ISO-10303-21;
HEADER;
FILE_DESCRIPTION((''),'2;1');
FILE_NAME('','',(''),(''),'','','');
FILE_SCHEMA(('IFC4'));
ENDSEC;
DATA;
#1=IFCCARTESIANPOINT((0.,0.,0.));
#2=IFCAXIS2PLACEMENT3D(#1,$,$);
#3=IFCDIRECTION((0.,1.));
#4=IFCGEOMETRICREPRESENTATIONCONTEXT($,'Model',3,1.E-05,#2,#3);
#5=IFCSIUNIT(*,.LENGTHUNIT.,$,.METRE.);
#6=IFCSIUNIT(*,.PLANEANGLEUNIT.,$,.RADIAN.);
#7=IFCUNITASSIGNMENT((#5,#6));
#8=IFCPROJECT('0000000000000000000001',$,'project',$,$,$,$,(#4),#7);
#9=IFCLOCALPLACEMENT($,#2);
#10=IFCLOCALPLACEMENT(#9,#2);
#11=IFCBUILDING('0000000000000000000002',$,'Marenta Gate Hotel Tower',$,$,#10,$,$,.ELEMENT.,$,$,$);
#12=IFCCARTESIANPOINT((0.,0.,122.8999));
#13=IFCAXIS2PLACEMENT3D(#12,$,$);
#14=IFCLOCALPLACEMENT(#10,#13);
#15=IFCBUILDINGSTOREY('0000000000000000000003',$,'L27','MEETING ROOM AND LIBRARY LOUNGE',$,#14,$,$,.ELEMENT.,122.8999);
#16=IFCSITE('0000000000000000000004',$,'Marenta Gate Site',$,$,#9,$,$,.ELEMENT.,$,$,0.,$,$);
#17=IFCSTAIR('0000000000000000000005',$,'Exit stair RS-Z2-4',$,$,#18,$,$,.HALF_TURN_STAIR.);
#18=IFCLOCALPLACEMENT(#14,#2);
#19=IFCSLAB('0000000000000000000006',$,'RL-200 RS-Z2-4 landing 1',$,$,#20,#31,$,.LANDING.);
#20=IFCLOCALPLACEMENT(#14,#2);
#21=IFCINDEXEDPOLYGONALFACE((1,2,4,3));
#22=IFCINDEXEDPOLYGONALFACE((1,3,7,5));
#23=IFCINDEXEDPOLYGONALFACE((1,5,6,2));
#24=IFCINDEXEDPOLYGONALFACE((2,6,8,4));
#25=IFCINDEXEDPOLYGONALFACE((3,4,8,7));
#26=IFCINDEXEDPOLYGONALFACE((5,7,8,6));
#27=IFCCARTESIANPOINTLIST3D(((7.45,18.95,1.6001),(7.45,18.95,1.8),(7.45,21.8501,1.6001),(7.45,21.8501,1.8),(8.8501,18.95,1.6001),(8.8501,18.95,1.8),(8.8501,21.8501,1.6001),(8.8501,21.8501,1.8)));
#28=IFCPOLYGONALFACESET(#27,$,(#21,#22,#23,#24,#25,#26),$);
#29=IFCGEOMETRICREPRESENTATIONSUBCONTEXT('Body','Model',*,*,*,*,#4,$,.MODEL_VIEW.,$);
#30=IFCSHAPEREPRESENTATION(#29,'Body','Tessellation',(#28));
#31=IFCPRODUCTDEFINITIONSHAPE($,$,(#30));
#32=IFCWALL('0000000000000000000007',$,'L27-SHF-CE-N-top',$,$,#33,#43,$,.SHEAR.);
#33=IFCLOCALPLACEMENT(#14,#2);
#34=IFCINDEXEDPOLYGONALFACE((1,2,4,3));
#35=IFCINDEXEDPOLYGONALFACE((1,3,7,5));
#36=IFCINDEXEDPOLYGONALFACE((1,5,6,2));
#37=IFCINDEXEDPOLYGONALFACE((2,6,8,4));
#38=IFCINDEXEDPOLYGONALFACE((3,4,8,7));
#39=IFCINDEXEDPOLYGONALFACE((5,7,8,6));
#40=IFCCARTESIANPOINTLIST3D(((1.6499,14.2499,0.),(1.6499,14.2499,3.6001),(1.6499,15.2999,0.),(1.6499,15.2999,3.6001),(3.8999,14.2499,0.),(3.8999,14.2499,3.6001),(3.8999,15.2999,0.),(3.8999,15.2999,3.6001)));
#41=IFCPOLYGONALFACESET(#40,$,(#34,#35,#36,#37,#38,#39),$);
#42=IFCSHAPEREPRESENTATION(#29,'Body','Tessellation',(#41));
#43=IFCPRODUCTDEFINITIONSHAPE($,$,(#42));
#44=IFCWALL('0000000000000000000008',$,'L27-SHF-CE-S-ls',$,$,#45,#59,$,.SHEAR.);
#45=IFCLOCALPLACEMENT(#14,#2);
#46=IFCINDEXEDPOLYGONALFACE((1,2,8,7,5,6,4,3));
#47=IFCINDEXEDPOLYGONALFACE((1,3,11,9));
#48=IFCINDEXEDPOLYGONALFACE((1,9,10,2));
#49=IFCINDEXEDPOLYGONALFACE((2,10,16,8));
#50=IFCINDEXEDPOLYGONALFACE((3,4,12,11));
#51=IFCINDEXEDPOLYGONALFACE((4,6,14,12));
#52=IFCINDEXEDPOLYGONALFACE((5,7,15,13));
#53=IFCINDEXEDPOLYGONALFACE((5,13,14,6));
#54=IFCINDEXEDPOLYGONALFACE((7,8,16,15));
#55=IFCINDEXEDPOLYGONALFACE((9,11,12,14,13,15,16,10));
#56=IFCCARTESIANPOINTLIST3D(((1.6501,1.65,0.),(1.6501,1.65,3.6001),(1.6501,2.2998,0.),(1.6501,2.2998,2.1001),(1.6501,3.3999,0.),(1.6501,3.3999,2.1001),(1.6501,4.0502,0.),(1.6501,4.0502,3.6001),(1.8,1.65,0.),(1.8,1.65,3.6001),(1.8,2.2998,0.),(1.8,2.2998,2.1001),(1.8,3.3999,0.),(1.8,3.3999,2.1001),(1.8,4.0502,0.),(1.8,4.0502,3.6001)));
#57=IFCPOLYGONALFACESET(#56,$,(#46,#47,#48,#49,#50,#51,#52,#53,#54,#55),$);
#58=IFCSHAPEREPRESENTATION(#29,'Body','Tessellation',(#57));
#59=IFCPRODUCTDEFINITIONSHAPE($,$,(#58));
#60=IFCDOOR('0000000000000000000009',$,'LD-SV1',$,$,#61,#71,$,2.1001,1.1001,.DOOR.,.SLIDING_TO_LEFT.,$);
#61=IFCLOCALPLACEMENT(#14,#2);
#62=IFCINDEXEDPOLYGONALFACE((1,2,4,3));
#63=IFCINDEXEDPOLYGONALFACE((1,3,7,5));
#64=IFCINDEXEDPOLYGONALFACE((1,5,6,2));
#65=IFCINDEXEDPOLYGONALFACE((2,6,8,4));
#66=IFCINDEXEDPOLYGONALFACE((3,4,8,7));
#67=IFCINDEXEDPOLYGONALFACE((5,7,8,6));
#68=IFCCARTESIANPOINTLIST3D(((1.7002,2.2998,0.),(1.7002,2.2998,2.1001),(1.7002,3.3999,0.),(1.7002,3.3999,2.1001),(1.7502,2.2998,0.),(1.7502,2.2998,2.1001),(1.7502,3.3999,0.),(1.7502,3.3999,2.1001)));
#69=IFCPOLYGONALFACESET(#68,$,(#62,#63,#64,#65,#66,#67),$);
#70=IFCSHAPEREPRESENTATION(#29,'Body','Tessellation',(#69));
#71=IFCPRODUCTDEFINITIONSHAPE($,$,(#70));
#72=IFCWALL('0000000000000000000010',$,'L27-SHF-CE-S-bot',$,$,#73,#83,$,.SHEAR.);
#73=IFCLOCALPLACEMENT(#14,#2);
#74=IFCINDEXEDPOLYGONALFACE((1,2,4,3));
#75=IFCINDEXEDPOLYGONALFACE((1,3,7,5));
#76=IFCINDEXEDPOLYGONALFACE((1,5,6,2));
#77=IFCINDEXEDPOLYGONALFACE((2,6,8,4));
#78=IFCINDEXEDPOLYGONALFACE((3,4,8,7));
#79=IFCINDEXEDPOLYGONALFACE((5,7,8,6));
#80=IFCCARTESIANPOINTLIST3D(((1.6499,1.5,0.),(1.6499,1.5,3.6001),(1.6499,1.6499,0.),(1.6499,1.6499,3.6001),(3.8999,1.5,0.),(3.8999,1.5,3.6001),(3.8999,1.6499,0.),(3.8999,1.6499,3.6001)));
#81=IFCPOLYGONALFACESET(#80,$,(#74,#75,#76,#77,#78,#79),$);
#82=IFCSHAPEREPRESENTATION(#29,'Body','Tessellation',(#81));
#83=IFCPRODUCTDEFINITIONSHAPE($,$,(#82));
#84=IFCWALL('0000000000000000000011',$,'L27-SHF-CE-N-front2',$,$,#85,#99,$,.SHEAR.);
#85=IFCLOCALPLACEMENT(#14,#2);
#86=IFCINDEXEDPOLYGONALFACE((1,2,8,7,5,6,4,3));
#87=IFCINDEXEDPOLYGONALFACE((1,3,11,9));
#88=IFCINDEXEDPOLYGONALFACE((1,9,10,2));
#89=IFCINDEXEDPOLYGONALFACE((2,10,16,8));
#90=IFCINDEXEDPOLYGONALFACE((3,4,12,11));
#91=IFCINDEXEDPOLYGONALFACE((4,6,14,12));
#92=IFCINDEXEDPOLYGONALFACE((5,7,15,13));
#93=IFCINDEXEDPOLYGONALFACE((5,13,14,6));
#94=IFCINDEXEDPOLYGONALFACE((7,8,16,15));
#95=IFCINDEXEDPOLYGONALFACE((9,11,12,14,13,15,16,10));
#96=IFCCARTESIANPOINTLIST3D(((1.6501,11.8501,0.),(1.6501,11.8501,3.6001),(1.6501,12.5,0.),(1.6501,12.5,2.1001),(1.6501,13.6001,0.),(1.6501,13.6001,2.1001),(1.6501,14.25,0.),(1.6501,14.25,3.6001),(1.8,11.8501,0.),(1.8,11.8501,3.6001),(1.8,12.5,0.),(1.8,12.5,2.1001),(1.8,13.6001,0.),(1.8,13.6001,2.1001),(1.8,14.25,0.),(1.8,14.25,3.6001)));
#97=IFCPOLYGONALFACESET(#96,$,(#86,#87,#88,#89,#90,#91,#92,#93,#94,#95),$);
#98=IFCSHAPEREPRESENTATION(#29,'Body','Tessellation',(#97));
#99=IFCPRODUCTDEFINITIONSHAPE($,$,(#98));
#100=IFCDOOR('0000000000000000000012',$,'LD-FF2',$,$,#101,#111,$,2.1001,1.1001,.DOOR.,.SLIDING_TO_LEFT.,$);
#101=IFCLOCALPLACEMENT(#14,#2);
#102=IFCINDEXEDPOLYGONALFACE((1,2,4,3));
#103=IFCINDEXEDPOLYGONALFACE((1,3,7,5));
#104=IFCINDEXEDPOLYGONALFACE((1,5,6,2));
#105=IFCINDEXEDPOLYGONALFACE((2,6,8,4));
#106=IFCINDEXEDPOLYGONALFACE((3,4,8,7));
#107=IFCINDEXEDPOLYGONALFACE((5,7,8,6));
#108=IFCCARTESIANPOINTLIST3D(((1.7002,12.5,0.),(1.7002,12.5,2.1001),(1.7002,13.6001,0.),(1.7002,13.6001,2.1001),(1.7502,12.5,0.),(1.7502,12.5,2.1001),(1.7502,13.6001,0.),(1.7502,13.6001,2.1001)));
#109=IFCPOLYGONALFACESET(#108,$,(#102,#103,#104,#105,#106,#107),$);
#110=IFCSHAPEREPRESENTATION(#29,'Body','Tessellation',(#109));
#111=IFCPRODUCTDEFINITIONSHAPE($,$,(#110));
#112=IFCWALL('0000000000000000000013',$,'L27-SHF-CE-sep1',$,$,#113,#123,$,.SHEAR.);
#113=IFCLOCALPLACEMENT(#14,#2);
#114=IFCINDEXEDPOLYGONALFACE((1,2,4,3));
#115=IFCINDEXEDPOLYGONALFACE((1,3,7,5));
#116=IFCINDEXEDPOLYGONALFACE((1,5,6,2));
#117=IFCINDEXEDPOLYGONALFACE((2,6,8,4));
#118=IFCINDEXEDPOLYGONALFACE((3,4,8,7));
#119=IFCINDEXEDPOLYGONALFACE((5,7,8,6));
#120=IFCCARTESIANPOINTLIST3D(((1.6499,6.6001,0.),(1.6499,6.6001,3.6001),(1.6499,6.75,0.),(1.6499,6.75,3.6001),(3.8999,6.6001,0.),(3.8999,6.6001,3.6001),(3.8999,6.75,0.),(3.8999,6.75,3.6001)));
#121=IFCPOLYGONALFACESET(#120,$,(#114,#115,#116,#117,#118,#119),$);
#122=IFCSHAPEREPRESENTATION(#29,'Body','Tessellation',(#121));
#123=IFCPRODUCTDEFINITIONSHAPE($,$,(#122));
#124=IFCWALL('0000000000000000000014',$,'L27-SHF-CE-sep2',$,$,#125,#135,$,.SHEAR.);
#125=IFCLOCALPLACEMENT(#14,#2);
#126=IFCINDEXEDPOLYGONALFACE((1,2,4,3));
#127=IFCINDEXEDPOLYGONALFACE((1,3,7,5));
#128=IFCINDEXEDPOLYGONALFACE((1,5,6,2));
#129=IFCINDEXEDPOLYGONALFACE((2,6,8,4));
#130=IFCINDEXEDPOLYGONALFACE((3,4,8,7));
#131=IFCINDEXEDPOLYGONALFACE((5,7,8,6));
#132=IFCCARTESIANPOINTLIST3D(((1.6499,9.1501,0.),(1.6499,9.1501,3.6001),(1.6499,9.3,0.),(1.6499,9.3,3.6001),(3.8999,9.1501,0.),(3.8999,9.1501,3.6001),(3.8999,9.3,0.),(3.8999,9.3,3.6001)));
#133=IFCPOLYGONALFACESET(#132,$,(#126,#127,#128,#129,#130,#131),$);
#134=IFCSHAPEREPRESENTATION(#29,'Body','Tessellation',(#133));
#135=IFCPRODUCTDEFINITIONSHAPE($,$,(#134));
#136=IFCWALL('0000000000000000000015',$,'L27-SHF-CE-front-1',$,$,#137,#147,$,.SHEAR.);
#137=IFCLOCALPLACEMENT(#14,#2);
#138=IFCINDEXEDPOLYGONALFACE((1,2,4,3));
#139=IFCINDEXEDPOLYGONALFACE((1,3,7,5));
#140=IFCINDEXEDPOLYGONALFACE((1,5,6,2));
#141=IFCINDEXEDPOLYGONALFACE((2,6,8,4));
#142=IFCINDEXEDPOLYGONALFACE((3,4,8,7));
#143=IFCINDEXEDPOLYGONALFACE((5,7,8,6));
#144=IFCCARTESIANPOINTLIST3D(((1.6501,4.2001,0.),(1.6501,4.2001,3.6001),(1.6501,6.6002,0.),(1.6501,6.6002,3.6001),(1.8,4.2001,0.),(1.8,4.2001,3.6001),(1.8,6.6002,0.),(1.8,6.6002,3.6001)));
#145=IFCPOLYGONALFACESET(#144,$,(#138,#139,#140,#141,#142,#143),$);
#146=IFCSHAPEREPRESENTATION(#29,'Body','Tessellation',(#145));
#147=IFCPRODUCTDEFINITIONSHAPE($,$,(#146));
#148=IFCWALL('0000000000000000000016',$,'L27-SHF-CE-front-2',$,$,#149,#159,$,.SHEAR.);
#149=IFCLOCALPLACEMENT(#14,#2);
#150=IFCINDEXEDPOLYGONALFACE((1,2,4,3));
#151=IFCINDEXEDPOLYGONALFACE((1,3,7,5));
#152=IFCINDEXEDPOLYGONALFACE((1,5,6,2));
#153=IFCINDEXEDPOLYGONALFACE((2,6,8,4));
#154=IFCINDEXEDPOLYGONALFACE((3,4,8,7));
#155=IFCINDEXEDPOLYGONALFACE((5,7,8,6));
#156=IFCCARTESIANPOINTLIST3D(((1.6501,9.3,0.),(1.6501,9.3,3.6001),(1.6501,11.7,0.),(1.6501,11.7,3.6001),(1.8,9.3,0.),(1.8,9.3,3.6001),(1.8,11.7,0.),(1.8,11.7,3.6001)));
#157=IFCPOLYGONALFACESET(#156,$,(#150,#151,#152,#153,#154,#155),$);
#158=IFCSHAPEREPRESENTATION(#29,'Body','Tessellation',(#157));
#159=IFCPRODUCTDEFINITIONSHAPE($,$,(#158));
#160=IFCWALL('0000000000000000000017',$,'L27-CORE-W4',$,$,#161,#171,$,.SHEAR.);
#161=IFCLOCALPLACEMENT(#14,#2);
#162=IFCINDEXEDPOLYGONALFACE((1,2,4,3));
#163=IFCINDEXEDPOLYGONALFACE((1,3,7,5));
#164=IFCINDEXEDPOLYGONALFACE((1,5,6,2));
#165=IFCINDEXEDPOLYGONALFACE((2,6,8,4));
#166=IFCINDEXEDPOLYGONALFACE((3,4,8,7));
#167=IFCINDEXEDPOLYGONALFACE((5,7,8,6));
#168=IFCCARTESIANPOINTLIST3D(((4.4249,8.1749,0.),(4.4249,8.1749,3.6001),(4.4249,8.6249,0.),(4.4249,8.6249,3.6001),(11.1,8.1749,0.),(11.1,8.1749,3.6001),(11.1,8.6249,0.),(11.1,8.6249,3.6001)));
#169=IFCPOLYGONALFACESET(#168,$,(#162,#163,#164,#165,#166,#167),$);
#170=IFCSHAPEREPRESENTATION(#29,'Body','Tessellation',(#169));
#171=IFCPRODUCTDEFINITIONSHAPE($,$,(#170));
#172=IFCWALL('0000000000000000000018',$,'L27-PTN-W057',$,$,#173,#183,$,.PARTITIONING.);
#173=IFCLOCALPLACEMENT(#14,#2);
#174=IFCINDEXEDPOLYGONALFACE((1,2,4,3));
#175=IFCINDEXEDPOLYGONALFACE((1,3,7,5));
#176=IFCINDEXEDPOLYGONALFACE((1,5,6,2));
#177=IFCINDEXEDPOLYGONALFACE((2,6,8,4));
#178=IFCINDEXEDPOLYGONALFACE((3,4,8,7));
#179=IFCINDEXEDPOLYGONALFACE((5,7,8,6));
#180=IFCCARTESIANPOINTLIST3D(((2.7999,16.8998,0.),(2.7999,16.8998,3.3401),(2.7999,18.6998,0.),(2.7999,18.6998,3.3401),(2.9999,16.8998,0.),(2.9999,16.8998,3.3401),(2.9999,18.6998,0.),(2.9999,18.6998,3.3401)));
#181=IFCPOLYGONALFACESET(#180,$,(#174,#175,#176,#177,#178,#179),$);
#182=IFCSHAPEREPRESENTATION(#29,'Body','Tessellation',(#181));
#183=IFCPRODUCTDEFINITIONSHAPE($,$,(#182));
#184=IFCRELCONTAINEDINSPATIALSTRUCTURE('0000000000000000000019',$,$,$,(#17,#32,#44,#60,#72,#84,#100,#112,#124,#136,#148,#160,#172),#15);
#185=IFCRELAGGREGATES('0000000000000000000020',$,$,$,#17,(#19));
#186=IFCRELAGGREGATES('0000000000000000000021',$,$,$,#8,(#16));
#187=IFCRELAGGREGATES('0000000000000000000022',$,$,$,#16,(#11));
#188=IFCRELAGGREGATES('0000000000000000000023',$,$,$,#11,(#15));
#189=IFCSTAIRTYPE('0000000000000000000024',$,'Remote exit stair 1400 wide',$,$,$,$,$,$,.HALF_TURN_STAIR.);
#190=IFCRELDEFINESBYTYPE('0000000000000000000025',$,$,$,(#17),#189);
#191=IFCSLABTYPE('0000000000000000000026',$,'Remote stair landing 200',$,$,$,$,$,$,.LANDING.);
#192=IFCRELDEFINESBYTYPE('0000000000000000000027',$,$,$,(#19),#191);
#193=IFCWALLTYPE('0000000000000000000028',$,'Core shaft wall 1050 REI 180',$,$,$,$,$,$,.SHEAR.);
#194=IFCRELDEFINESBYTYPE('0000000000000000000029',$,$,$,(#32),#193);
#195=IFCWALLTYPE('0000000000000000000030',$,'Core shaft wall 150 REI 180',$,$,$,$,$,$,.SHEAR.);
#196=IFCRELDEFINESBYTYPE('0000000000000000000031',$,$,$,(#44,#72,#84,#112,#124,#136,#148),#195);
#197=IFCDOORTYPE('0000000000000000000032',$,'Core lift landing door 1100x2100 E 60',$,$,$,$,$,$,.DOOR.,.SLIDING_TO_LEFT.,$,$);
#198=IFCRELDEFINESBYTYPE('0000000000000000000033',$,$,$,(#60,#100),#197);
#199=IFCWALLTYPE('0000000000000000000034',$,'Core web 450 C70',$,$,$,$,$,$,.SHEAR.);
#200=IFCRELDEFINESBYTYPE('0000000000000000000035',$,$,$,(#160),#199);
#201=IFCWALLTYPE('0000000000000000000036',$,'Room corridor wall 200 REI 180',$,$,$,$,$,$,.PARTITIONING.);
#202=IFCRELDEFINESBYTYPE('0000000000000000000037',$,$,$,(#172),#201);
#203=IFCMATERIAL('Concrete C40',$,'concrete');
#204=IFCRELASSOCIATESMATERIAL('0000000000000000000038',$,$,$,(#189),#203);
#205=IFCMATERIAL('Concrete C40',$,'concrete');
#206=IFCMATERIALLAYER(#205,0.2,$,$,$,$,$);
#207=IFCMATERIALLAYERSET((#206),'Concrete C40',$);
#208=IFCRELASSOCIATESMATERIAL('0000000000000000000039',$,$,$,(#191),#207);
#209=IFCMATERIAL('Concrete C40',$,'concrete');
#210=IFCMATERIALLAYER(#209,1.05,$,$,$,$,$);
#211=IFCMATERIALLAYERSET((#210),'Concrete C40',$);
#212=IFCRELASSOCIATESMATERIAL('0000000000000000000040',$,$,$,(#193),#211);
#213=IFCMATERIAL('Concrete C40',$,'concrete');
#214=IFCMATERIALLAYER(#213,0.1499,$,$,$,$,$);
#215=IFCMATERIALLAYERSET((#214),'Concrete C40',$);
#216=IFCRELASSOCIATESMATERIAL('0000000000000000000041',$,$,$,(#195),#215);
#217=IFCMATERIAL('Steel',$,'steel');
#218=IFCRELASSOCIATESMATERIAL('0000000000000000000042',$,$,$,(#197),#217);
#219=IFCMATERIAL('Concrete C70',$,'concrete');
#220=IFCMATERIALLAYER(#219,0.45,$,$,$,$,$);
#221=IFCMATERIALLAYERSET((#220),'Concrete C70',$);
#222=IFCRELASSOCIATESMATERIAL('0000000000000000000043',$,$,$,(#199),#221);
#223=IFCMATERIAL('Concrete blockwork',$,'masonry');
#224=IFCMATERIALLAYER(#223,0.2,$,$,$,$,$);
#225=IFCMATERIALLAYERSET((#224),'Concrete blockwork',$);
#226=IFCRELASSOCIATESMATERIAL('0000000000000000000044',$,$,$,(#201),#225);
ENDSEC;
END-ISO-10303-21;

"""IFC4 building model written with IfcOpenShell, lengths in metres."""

from ifc_helpers import new_model, si_unit, direction, frame, frame_2d, origin, place, context, subcontext, project, spatial, polyline, rectangle, outline, extrude, material, layer, layer_set, type_object, element, fill, aggregate, save


model = new_model("IFC4")

# Units and contexts
model_context = context("Model", 3, precision=1e-05, world=origin(), true_north=direction((0.0, 1.0)))
body_context = subcontext(model_context, "Body", "Model", "MODEL_VIEW")
ifc_project = project(units=[si_unit("LENGTHUNIT", "METRE"), si_unit("PLANEANGLEUNIT", "RADIAN")], contexts=[model_context])

# Site, building, storey
site_placement = place(None, origin())
site = spatial("IfcSite", under=ifc_project, at=site_placement, Name="Marenta Gate Site", CompositionType="ELEMENT", RefElevation=0.0)
building_placement = place(site_placement, origin())
building = spatial("IfcBuilding", under=site, at=building_placement, Name="Marenta Gate Hotel Tower", CompositionType="ELEMENT")
storey_placement = place(building_placement, frame((0.0, 0.0, 122.8999)))
storey = spatial("IfcBuildingStorey", under=building, at=storey_placement, Name="L27", Description="MEETING ROOM AND LIBRARY LOUNGE", CompositionType="ELEMENT", Elevation=122.8999)

# Stair, slab
ifc_material_1 = material(Name="Concrete C40", Category="concrete")
stair_type_1 = type_object("IfcStairType", Name="Remote exit stair 1400 wide", PredefinedType="HALF_TURN_STAIR", material=ifc_material_1)
stair_1_placement = place(storey_placement, origin())
stair_1 = element("IfcStair", 1, at=stair_1_placement, inside=storey, type_object=stair_type_1, Name="Exit stair RS-Z2-4", PredefinedType="HALF_TURN_STAIR")
ifc_material_2 = material(Name="Concrete C40", Category="concrete")
ifc_layer_1 = layer(ifc_material_2, 0.2)
ifc_layer_set_1 = layer_set([ifc_layer_1], Name="Concrete C40")
slab_type = type_object("IfcSlabType", Name="Remote stair landing 200", PredefinedType="LANDING", material=ifc_layer_set_1)
slab_placement = place(storey_placement, frame((0.0, 0.0, 1.6001)))
slab = element("IfcSlab", 2, at=slab_placement, type_object=slab_type, Name="RL-200 RS-Z2-4 landing 1", PredefinedType="LANDING", context=body_context, shape_type="SweptSolid", body=[
    extrude(outline(polyline([(7.45, 18.95), (8.8501, 18.95), (8.8501, 21.8501), (7.45, 21.8501), (7.45, 18.95)])), origin(), (0.0, 0.0, 1.0), 0.2),
])
aggregate(stair_1, [slab])

# Wall
ifc_material_3 = material(Name="Concrete C40", Category="concrete")
ifc_layer_2 = layer(ifc_material_3, 1.05)
ifc_layer_set_2 = layer_set([ifc_layer_2], Name="Concrete C40")
wall_type_1 = type_object("IfcWallType", Name="Core shaft wall 1050 REI 180", PredefinedType="SHEAR", material=ifc_layer_set_2)
wall_1_placement = place(storey_placement, frame((1.6499, 14.7749, 0.0), z_axis=(0.0, 0.0, 1.0), x_axis=(1.0, 0.0, 0.0)))
element("IfcWall", 3, at=wall_1_placement, inside=storey, type_object=wall_type_1, Name="L27-SHF-CE-N-top", PredefinedType="SHEAR", context=body_context, shape_type="SweptSolid", body=[
    extrude(rectangle(XDim=2.25, YDim=1.05, at=frame_2d((1.125, 0.0))), origin(), (0.0, 0.0, 1.0), 3.6001),
])

# Wall, opening, door
ifc_material_4 = material(Name="Concrete C40", Category="concrete")
ifc_layer_3 = layer(ifc_material_4, 0.1499)
ifc_layer_set_3 = layer_set([ifc_layer_3], Name="Concrete C40")
wall_type_2 = type_object("IfcWallType", Name="Core shaft wall 150 REI 180", PredefinedType="SHEAR", material=ifc_layer_set_3)
wall_2_placement = place(storey_placement, frame((1.7251, 1.6499, 0.0), z_axis=(0.0, 0.0, 1.0), x_axis=(0.0, 1.0, 0.0)))
wall_2 = element("IfcWall", 4, at=wall_2_placement, inside=storey, type_object=wall_type_2, Name="L27-SHF-CE-S-ls", PredefinedType="SHEAR", context=body_context, shape_type="SweptSolid", body=[
    extrude(rectangle(XDim=2.4001, YDim=0.1499, at=frame_2d((1.2002, 0.0))), origin(), (0.0, 0.0, 1.0), 3.6001),
])
opening_1_placement = place(wall_2_placement, frame((0.6499, 0.0, 0.0)))
opening_1 = element("IfcOpeningElement", 5, at=opening_1_placement, cuts=wall_2, PredefinedType="OPENING", context=body_context, shape_type="SweptSolid", body=[
    extrude(rectangle(XDim=1.1001, YDim=2.1001, at=frame_2d((0.55, 1.05))), frame((0.0, 0.075, 0.0), z_axis=(0.0, -1.0, 0.0), x_axis=(1.0, 0.0, 0.0)), (0.0, 0.0, 1.0), 0.1499),
])
ifc_material_5 = material(Name="Steel", Category="steel")
door_type_1 = type_object("IfcDoorType", Name="Core lift landing door 1100x2100 E 60", OperationType="SLIDING_TO_LEFT", PredefinedType="DOOR", material=ifc_material_5)
door_1_placement = place(opening_1_placement, origin())
door_1 = element("IfcDoor", 6, at=door_1_placement, inside=storey, type_object=door_type_1, Name="LD-SV1", OperationType="SLIDING_TO_LEFT", OverallHeight=2.1001, OverallWidth=1.1001, PredefinedType="DOOR", context=body_context, shape_type="SweptSolid", body=[
    extrude(rectangle(XDim=1.1001, YDim=2.1001, at=frame_2d((0.55, 1.05))), frame((0.0, 0.0249, 0.0), z_axis=(0.0, -1.0, 0.0), x_axis=(1.0, 0.0, 0.0)), (0.0, 0.0, 1.0), 0.05),
])
fill(opening_1, door_1)

# Wall
wall_3_placement = place(storey_placement, frame((1.6499, 1.575, 0.0), z_axis=(0.0, 0.0, 1.0), x_axis=(1.0, 0.0, 0.0)))
element("IfcWall", 7, at=wall_3_placement, inside=storey, type_object=wall_type_2, Name="L27-SHF-CE-S-bot", PredefinedType="SHEAR", context=body_context, shape_type="SweptSolid", body=[
    extrude(rectangle(XDim=2.25, YDim=0.1499, at=frame_2d((1.125, 0.0))), origin(), (0.0, 0.0, 1.0), 3.6001),
])

# Wall, opening, door
wall_4_placement = place(storey_placement, frame((1.7251, 11.8501, 0.0), z_axis=(0.0, 0.0, 1.0), x_axis=(0.0, 1.0, 0.0)))
wall_4 = element("IfcWall", 8, at=wall_4_placement, inside=storey, type_object=wall_type_2, Name="L27-SHF-CE-N-front2", PredefinedType="SHEAR", context=body_context, shape_type="SweptSolid", body=[
    extrude(rectangle(XDim=2.3999, YDim=0.1499, at=frame_2d((1.2, 0.0))), origin(), (0.0, 0.0, 1.0), 3.6001),
])
opening_2_placement = place(wall_4_placement, frame((0.6499, 0.0, 0.0)))
opening_2 = element("IfcOpeningElement", 9, at=opening_2_placement, cuts=wall_4, PredefinedType="OPENING", context=body_context, shape_type="SweptSolid", body=[
    extrude(rectangle(XDim=1.1001, YDim=2.1001, at=frame_2d((0.55, 1.05))), frame((0.0, 0.075, 0.0), z_axis=(0.0, -1.0, 0.0), x_axis=(1.0, 0.0, 0.0)), (0.0, 0.0, 1.0), 0.1499),
])
door_2_placement = place(opening_2_placement, origin())
door_2 = element("IfcDoor", 10, at=door_2_placement, inside=storey, type_object=door_type_1, Name="LD-FF2", OperationType="SLIDING_TO_LEFT", OverallHeight=2.1001, OverallWidth=1.1001, PredefinedType="DOOR", context=body_context, shape_type="SweptSolid", body=[
    extrude(rectangle(XDim=1.1001, YDim=2.1001, at=frame_2d((0.55, 1.05))), frame((0.0, 0.0249, 0.0), z_axis=(0.0, -1.0, 0.0), x_axis=(1.0, 0.0, 0.0)), (0.0, 0.0, 1.0), 0.05),
])
fill(opening_2, door_2)

# Walls
for number, where, z_axis, x_axis, name in (
    (11, (1.6499, 6.675, 0.0), (0.0, 0.0, 1.0), (1.0, 0.0, 0.0), "L27-SHF-CE-sep1"),
    (12, (1.6499, 9.2251, 0.0), (0.0, 0.0, 1.0), (1.0, 0.0, 0.0), "L27-SHF-CE-sep2"),
):
    element("IfcWall", number, at=place(storey_placement, frame(where, z_axis=z_axis, x_axis=x_axis)), inside=storey, type_object=wall_type_2, Name=name, PredefinedType="SHEAR", context=body_context, shape_type="SweptSolid", body=[
        extrude(rectangle(XDim=2.25, YDim=0.1499, at=frame_2d((1.125, 0.0))), origin(), (0.0, 0.0, 1.0), 3.6001),
    ])
wall_5_placement = place(storey_placement, frame((1.7251, 4.2, 0.0), z_axis=(0.0, 0.0, 1.0), x_axis=(0.0, 1.0, 0.0)))
element("IfcWall", 13, at=wall_5_placement, inside=storey, type_object=wall_type_2, Name="L27-SHF-CE-front-1", PredefinedType="SHEAR", context=body_context, shape_type="SweptSolid", body=[
    extrude(rectangle(XDim=2.4001, YDim=0.1499, at=frame_2d((1.2002, 0.0))), origin(), (0.0, 0.0, 1.0), 3.6001),
])
wall_6_placement = place(storey_placement, frame((1.7251, 9.3, 0.0), z_axis=(0.0, 0.0, 1.0), x_axis=(0.0, 1.0, 0.0)))
element("IfcWall", 14, at=wall_6_placement, inside=storey, type_object=wall_type_2, Name="L27-SHF-CE-front-2", PredefinedType="SHEAR", context=body_context, shape_type="SweptSolid", body=[
    extrude(rectangle(XDim=2.3999, YDim=0.1499, at=frame_2d((1.2, 0.0))), origin(), (0.0, 0.0, 1.0), 3.6001),
])

# Shared definitions
ifc_material_6 = material(Name="Concrete C70", Category="concrete")
ifc_layer_4 = layer(ifc_material_6, 0.45)
ifc_layer_set_4 = layer_set([ifc_layer_4], Name="Concrete C70")
wall_type_3 = type_object("IfcWallType", Name="Core web 450 C70", PredefinedType="SHEAR", material=ifc_layer_set_4)

# Walls
wall_7_placement = place(storey_placement, frame((4.425, 8.3999, 0.0), z_axis=(0.0, 0.0, 1.0), x_axis=(1.0, 0.0, 0.0)))
element("IfcWall", 15, at=wall_7_placement, inside=storey, type_object=wall_type_3, Name="L27-CORE-W4", PredefinedType="SHEAR", context=body_context, shape_type="SweptSolid", body=[
    extrude(rectangle(XDim=6.675, YDim=0.45, at=frame_2d((3.3374, 0.0))), origin(), (0.0, 0.0, 1.0), 3.6001),
])
ifc_material_7 = material(Name="Concrete blockwork", Category="masonry")
ifc_layer_5 = layer(ifc_material_7, 0.2)
ifc_layer_set_5 = layer_set([ifc_layer_5], Name="Concrete blockwork")
wall_type_4 = type_object("IfcWallType", Name="Room corridor wall 200 REI 180", PredefinedType="PARTITIONING", material=ifc_layer_set_5)
wall_8_placement = place(storey_placement, frame((2.8999, 16.8999, 0.0), z_axis=(0.0, 0.0, 1.0), x_axis=(0.0, 1.0, 0.0)))
element("IfcWall", 16, at=wall_8_placement, inside=storey, type_object=wall_type_4, Name="L27-PTN-W057", PredefinedType="PARTITIONING", context=body_context, shape_type="SweptSolid", body=[
    extrude(rectangle(XDim=1.8, YDim=0.2, at=frame_2d((0.8999, 0.0))), origin(), (0.0, 0.0, 1.0), 3.3401),
])

save(model, "model.ifc")
